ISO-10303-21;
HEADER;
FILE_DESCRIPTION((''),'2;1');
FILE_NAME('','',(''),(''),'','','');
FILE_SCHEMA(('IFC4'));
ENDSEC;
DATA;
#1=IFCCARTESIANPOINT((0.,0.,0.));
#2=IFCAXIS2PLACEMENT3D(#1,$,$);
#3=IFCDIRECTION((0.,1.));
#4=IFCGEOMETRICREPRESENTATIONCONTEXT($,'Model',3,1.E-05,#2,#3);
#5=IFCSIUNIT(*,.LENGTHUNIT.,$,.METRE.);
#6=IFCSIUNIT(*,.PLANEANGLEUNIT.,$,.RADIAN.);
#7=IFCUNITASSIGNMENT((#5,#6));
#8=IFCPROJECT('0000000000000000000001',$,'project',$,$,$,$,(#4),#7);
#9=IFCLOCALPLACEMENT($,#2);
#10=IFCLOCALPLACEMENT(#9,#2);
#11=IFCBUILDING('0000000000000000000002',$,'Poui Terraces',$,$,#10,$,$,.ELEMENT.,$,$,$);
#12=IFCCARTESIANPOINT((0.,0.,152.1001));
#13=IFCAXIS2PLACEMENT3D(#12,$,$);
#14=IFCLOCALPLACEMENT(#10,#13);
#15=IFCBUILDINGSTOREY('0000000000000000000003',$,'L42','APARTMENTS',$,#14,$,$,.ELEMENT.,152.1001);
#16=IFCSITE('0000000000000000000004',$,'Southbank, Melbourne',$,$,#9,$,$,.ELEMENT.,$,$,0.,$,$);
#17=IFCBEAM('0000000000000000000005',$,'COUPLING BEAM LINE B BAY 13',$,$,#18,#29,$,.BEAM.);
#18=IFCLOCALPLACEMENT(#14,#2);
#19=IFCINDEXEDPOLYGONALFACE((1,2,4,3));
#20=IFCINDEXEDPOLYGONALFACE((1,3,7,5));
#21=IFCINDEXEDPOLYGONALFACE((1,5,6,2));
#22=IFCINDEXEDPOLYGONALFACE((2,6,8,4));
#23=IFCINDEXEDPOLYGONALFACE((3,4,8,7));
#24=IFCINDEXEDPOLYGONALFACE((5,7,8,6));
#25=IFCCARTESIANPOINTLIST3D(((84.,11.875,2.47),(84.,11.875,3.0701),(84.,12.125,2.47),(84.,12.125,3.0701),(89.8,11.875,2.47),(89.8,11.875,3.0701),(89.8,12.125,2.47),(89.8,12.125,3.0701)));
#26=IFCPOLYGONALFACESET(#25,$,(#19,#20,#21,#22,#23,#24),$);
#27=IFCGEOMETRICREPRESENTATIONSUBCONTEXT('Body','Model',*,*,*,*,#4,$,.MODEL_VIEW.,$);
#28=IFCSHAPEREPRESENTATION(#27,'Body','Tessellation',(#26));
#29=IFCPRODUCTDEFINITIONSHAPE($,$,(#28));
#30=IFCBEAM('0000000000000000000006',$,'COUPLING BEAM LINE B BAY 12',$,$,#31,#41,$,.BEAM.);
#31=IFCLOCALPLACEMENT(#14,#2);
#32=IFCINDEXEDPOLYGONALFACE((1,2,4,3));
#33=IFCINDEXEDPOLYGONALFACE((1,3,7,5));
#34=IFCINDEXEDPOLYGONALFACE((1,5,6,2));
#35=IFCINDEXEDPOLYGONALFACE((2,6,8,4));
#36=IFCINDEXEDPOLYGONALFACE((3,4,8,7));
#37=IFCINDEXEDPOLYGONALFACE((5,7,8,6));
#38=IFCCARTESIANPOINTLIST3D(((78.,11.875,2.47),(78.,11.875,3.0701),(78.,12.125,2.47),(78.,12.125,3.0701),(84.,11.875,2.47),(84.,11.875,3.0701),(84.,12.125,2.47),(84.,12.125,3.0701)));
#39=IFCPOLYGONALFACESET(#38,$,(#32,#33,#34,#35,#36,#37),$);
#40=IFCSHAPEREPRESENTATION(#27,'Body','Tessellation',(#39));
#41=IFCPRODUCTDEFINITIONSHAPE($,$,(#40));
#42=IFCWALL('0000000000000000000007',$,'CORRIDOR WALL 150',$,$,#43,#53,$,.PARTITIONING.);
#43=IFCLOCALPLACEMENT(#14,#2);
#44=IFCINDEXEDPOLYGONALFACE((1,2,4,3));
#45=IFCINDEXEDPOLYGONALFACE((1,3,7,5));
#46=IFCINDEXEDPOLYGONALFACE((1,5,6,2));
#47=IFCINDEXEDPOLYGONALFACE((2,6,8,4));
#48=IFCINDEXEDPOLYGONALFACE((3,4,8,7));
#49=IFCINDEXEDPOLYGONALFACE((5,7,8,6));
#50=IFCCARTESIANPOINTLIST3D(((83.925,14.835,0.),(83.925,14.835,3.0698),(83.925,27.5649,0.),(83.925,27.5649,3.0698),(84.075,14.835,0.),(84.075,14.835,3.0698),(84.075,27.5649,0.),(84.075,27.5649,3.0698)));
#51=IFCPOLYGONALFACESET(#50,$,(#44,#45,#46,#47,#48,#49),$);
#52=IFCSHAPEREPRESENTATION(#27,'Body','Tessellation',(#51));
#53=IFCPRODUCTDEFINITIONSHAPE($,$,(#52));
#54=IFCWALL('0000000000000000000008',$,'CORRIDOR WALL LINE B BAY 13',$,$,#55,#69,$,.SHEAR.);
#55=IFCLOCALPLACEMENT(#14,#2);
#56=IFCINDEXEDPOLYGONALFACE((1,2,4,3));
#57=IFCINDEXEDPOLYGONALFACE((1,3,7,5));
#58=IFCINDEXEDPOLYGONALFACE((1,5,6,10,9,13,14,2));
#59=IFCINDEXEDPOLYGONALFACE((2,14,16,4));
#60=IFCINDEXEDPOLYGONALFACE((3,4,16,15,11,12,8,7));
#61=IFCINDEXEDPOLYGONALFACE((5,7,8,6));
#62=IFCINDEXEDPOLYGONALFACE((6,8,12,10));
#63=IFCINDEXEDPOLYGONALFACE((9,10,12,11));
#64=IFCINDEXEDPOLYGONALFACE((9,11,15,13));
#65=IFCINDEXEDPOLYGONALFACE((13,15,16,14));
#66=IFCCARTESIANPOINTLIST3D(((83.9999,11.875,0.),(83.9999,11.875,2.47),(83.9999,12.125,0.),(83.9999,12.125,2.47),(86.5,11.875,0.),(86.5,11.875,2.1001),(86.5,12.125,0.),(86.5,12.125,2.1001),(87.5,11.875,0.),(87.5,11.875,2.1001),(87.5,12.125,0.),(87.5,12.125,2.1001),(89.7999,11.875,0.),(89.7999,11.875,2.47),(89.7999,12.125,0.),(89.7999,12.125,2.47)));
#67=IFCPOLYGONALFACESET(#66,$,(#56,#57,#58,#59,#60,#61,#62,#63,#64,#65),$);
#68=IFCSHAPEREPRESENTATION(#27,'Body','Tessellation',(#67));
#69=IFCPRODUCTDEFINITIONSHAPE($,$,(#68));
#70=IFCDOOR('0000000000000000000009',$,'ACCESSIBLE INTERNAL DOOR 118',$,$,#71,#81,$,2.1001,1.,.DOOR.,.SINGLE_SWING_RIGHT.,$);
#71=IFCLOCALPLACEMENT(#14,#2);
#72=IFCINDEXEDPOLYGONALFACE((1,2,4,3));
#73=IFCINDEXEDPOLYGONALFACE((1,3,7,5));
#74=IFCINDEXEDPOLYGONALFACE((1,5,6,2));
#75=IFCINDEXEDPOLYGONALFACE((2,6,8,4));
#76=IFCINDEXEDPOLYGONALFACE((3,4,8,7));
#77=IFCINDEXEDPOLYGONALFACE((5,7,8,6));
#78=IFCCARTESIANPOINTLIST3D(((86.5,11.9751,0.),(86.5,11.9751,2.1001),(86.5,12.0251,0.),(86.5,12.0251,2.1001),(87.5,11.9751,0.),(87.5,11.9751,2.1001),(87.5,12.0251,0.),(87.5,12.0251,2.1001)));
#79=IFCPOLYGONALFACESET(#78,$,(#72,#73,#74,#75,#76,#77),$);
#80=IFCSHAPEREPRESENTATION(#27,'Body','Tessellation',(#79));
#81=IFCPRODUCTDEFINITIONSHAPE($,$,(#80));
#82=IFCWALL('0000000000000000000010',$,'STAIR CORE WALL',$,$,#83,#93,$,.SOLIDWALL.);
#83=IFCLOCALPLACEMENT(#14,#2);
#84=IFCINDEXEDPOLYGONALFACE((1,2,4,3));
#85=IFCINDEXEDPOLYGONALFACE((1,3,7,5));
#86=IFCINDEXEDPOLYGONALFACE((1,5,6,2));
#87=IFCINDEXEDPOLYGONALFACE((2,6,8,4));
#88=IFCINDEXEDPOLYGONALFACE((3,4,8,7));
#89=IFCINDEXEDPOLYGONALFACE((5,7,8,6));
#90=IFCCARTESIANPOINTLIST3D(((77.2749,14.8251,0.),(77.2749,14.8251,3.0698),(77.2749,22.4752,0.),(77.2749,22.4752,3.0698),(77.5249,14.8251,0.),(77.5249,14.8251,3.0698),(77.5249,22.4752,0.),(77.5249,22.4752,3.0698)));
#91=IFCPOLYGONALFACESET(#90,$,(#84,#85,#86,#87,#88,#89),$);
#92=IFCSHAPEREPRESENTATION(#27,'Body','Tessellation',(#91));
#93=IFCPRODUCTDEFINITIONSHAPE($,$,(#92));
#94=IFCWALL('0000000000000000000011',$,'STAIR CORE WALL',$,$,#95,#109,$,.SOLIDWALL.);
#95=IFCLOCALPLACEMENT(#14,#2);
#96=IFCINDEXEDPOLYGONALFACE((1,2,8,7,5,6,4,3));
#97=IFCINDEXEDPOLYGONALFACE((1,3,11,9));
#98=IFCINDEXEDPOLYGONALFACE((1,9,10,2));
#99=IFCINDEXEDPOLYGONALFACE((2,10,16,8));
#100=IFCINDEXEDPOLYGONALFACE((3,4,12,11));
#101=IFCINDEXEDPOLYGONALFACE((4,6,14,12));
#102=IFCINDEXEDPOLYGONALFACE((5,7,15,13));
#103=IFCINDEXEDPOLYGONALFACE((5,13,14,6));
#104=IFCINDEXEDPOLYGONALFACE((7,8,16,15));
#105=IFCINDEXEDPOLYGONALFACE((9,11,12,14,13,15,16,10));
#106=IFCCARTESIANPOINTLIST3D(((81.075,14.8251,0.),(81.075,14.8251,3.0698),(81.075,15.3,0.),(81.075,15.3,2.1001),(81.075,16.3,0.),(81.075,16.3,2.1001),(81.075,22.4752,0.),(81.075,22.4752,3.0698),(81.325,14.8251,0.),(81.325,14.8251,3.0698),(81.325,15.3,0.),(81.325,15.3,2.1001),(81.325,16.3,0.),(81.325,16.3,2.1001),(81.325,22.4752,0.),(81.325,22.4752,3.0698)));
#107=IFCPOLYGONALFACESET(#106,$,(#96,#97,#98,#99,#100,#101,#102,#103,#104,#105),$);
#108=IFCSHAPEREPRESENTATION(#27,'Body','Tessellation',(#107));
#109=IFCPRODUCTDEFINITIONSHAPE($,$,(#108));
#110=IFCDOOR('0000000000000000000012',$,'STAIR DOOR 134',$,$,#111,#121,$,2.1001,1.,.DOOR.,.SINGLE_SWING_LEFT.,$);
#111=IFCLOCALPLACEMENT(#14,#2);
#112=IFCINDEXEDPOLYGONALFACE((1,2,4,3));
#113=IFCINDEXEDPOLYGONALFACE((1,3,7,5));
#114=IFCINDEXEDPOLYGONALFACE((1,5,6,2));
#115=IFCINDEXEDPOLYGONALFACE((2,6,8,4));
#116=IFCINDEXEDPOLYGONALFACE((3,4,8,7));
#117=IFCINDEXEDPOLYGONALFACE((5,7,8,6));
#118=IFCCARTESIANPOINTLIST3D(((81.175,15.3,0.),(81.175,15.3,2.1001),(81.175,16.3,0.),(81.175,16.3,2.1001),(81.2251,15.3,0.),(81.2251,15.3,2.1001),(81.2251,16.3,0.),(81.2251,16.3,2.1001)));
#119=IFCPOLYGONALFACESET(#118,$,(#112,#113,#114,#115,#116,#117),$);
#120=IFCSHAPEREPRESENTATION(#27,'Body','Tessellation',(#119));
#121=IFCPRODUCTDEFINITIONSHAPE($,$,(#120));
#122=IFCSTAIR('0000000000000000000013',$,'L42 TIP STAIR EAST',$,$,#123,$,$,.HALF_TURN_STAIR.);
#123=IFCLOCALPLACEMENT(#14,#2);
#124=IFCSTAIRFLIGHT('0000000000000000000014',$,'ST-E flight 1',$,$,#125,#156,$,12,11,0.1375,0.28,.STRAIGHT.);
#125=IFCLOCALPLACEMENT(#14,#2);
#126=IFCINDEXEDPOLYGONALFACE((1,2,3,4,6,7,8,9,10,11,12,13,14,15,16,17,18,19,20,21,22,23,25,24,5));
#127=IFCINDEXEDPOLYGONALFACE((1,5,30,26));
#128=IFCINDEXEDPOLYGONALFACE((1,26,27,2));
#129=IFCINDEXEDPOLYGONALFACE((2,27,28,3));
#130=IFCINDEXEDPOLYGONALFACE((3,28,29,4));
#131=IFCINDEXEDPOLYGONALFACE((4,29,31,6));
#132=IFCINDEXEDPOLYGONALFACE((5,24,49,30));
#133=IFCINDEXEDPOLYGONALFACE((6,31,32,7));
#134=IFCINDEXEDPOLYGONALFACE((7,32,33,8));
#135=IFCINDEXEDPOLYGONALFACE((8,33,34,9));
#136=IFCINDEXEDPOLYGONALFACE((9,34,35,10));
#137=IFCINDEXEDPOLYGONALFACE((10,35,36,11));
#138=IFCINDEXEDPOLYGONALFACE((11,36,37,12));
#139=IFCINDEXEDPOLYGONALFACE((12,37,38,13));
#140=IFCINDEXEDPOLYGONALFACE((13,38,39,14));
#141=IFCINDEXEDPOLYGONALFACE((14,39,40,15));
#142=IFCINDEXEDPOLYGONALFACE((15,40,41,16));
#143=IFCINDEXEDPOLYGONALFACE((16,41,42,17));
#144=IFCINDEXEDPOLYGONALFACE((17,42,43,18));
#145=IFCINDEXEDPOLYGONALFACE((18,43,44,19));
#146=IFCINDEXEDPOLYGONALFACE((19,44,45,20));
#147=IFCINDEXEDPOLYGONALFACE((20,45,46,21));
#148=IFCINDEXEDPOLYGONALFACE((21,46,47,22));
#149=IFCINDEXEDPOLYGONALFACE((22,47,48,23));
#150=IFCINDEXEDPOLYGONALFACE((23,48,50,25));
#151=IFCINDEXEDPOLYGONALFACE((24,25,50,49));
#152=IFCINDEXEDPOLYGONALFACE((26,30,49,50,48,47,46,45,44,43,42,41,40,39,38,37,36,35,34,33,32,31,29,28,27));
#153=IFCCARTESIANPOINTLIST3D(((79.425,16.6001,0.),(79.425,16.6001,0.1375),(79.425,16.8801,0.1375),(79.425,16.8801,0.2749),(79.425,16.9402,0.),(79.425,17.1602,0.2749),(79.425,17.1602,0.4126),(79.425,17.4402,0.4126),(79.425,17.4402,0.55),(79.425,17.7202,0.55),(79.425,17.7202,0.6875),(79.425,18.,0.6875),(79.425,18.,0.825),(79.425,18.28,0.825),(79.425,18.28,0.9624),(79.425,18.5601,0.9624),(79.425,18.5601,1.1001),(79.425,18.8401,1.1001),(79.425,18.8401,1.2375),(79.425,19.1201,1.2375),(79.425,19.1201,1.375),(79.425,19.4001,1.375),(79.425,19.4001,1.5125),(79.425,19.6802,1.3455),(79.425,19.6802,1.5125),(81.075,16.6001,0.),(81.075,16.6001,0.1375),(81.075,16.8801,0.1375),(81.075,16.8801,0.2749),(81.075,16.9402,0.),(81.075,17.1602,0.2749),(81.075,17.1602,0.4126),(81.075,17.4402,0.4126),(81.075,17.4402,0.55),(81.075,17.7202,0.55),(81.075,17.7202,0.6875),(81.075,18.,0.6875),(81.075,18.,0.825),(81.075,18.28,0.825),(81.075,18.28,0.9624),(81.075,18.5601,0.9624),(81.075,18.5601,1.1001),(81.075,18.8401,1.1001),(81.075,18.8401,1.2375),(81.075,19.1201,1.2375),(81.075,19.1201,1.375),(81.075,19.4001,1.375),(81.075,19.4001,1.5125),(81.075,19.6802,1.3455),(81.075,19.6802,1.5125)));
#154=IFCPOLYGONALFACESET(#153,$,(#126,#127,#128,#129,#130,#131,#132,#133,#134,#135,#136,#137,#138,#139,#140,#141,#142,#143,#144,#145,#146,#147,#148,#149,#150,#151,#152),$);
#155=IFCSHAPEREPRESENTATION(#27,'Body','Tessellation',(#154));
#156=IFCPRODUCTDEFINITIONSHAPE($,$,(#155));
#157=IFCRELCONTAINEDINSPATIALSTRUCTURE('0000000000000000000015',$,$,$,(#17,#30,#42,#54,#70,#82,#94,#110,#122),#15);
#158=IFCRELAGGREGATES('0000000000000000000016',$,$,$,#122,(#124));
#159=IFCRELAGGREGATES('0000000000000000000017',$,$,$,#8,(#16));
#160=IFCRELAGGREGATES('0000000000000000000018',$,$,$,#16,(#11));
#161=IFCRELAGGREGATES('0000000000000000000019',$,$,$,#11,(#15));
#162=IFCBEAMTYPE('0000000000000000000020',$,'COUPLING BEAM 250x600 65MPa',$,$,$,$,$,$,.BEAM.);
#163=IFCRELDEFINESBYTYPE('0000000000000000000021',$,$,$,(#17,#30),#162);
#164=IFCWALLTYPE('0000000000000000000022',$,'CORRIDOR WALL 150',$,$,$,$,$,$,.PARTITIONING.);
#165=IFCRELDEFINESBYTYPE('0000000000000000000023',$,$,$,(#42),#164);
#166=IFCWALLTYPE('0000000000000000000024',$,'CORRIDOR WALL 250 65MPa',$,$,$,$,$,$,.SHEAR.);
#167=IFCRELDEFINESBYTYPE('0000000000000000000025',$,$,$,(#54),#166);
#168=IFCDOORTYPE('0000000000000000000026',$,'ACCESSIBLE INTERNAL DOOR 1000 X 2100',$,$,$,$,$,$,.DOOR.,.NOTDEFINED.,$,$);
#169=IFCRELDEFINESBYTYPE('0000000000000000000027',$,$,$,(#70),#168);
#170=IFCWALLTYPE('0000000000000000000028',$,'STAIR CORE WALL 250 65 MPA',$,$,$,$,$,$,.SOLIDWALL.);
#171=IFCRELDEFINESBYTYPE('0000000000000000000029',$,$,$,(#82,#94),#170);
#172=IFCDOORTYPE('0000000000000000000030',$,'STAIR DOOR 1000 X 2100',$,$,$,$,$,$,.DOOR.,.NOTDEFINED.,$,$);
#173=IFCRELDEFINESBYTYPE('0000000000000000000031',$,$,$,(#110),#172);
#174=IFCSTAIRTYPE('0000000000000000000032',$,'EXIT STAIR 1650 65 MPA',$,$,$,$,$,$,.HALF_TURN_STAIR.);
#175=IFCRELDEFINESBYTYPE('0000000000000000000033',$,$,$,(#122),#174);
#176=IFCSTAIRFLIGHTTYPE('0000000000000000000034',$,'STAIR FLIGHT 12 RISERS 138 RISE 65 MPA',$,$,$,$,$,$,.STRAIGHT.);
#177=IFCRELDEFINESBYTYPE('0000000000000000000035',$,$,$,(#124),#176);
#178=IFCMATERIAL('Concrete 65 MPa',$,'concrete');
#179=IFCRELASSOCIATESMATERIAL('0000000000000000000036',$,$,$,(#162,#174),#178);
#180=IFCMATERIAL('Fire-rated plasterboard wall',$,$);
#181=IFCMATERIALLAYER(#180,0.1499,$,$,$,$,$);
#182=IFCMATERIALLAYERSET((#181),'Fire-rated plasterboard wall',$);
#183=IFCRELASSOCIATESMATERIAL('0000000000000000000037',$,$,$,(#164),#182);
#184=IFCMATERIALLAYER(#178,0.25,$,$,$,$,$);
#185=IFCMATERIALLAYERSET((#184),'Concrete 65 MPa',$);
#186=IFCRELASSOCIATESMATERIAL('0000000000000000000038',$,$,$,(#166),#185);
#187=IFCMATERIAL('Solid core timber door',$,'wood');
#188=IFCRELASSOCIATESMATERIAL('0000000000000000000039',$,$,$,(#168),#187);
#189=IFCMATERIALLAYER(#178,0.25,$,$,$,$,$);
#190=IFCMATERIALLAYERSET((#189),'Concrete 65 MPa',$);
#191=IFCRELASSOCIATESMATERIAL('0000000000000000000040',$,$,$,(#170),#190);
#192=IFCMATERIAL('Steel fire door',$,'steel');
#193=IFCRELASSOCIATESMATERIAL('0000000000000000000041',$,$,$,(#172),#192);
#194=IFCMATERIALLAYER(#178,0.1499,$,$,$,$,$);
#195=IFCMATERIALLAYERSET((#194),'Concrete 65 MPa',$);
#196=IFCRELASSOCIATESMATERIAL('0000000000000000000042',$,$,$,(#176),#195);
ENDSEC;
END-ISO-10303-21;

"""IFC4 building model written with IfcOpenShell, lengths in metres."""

from ifc_helpers import new_model, si_unit, direction, frame, frame_2d, origin, origin_2d, place, context, subcontext, project, spatial, polyline, rectangle, outline, extrude, source, transform, mapped, material, layer, layer_set, material_profile, profile_set, type_object, element, fill, aggregate, save


model = new_model("IFC4")

# Units and contexts
model_context = context("Model", 3, precision=1e-05, world=origin(), true_north=direction((0.0, 1.0)))
body_context = subcontext(model_context, "Body", "Model", "MODEL_VIEW")
ifc_project = project(units=[si_unit("LENGTHUNIT", "METRE"), si_unit("PLANEANGLEUNIT", "RADIAN")], contexts=[model_context])

# Site, building, storey
site_placement = place(None, origin())
site = spatial("IfcSite", under=ifc_project, at=site_placement, Name="Southbank, Melbourne", CompositionType="ELEMENT", RefElevation=0.0)
building_placement = place(site_placement, origin())
building = spatial("IfcBuilding", under=site, at=building_placement, Name="Poui Terraces", CompositionType="ELEMENT")
storey_placement = place(building_placement, frame((0.0, 0.0, 152.1001)))
storey = spatial("IfcBuildingStorey", under=building, at=storey_placement, Name="L42", Description="APARTMENTS", CompositionType="ELEMENT", Elevation=152.1001)

# Beams
ifc_material_1 = material(Name="Concrete 65 MPa", Category="concrete")
ifc_material_profile = material_profile(ifc_material_1, rectangle(XDim=0.25, YDim=0.6001, at=origin_2d()), Name="RC 250x600")
ifc_profile_set = profile_set([ifc_material_profile], Name="Concrete 65 MPa")
beam_type = type_object("IfcBeamType", Name="COUPLING BEAM 250x600 65MPa", PredefinedType="BEAM", material=ifc_profile_set)
shared_shape_1 = source(origin(), body_context, "Body", "SweptSolid", [
    extrude(rectangle(XDim=0.25, YDim=0.6001, at=origin_2d()), origin(), (0.0, 0.0, 1.0), 5.8),
])
beam_1_placement = place(storey_placement, frame((84.0, 12.0, 2.77), z_axis=(1.0, 0.0, 0.0), x_axis=(0.0, 1.0, 0.0)))
element("IfcBeam", 1, at=beam_1_placement, inside=storey, type_object=beam_type, Name="COUPLING BEAM LINE B BAY 13", PredefinedType="BEAM", context=body_context, shape_type="MappedRepresentation", body=[
    mapped(shared_shape_1, transform((0.0, 0.0, 0.0))),
])
shared_shape_2 = source(origin(), body_context, "Body", "SweptSolid", [
    extrude(rectangle(XDim=0.25, YDim=0.6001, at=origin_2d()), origin(), (0.0, 0.0, 1.0), 6.0),
])
beam_2_placement = place(storey_placement, frame((78.0, 12.0, 2.77), z_axis=(1.0, 0.0, 0.0), x_axis=(0.0, 1.0, 0.0)))
element("IfcBeam", 2, at=beam_2_placement, inside=storey, type_object=beam_type, Name="COUPLING BEAM LINE B BAY 12", PredefinedType="BEAM", context=body_context, shape_type="MappedRepresentation", body=[
    mapped(shared_shape_2, transform((0.0, 0.0, 0.0))),
])

# Wall
ifc_material_2 = material(Name="Fire-rated plasterboard wall")
ifc_layer_1 = layer(ifc_material_2, 0.1499)
ifc_layer_set_1 = layer_set([ifc_layer_1], Name="Fire-rated plasterboard wall")
wall_type_1 = type_object("IfcWallType", Name="CORRIDOR WALL 150", PredefinedType="PARTITIONING", material=ifc_layer_set_1)
wall_1_placement = place(storey_placement, frame((84.0, 14.835, 0.0), z_axis=(0.0, 0.0, 1.0), x_axis=(0.0, 1.0, 0.0)))
element("IfcWall", 3, at=wall_1_placement, inside=storey, type_object=wall_type_1, Name="CORRIDOR WALL 150", PredefinedType="PARTITIONING", context=body_context, shape_type="SweptSolid", body=[
    extrude(rectangle(XDim=12.73, YDim=0.1499, at=frame_2d((6.365, 0.0))), origin(), (0.0, 0.0, 1.0), 3.0698),
])

# Wall, opening, door
ifc_layer_2 = layer(ifc_material_1, 0.25)
ifc_layer_set_2 = layer_set([ifc_layer_2], Name="Concrete 65 MPa")
wall_type_2 = type_object("IfcWallType", Name="CORRIDOR WALL 250 65MPa", PredefinedType="SHEAR", material=ifc_layer_set_2)
wall_2_placement = place(storey_placement, frame((84.0, 12.0, 0.0), z_axis=(0.0, 0.0, 1.0), x_axis=(1.0, 0.0, 0.0)))
wall_2 = element("IfcWall", 4, at=wall_2_placement, inside=storey, type_object=wall_type_2, Name="CORRIDOR WALL LINE B BAY 13", PredefinedType="SHEAR", context=body_context, shape_type="SweptSolid", body=[
    extrude(rectangle(XDim=5.8, YDim=0.25, at=frame_2d((2.8999, 0.0))), origin(), (0.0, 0.0, 1.0), 2.47),
])
opening_1_placement = place(wall_2_placement, frame((2.5, 0.0, 0.0)))
opening_1 = element("IfcOpeningElement", 5, at=opening_1_placement, cuts=wall_2, PredefinedType="OPENING", context=body_context, shape_type="SweptSolid", body=[
    extrude(rectangle(XDim=1.0, YDim=2.1001, at=frame_2d((0.5, 1.05))), frame((0.0, 0.135, 0.0), z_axis=(0.0, -1.0, 0.0), x_axis=(1.0, 0.0, 0.0)), (0.0, 0.0, 1.0), 0.27),
])
ifc_material_3 = material(Name="Solid core timber door", Category="wood")
door_type_1 = type_object("IfcDoorType", Name="ACCESSIBLE INTERNAL DOOR 1000 X 2100", OperationType="NOTDEFINED", PredefinedType="DOOR", material=ifc_material_3)
door_1_placement = place(opening_1_placement, frame((1.0, 0.0, 0.0), z_axis=(0.0, 0.0, 1.0), x_axis=(-1.0, 0.0, 0.0)))
door_1 = element("IfcDoor", 6, at=door_1_placement, inside=storey, type_object=door_type_1, Name="ACCESSIBLE INTERNAL DOOR 118", OperationType="SINGLE_SWING_RIGHT", OverallHeight=2.1001, OverallWidth=1.0, PredefinedType="DOOR", context=body_context, shape_type="SweptSolid", body=[
    extrude(rectangle(XDim=1.0, YDim=2.1001, at=frame_2d((0.5, 1.05))), frame((0.0, 0.0249, 0.0), z_axis=(0.0, -1.0, 0.0), x_axis=(1.0, 0.0, 0.0)), (0.0, 0.0, 1.0), 0.05),
])
fill(opening_1, door_1)

# Wall
ifc_layer_3 = layer(ifc_material_1, 0.25)
ifc_layer_set_3 = layer_set([ifc_layer_3], Name="Concrete 65 MPa")
wall_type_3 = type_object("IfcWallType", Name="STAIR CORE WALL 250 65 MPA", PredefinedType="SOLIDWALL", material=ifc_layer_set_3)
wall_3_placement = place(storey_placement, frame((77.3999, 14.825, 0.0), z_axis=(0.0, 0.0, 1.0), x_axis=(0.0, 1.0, 0.0)))
element("IfcWall", 7, at=wall_3_placement, inside=storey, type_object=wall_type_3, Name="STAIR CORE WALL", PredefinedType="SOLIDWALL", context=body_context, shape_type="SweptSolid", body=[
    extrude(rectangle(XDim=7.6501, YDim=0.25, at=frame_2d((3.8252, 0.0))), origin(), (0.0, 0.0, 1.0), 3.0698),
])

# Wall, opening, door
wall_4_placement = place(storey_placement, frame((81.2, 14.825, 0.0), z_axis=(0.0, 0.0, 1.0), x_axis=(0.0, 1.0, 0.0)))
wall_4 = element("IfcWall", 8, at=wall_4_placement, inside=storey, type_object=wall_type_3, Name="STAIR CORE WALL", PredefinedType="SOLIDWALL", context=body_context, shape_type="SweptSolid", body=[
    extrude(rectangle(XDim=7.6501, YDim=0.25, at=frame_2d((3.8252, 0.0))), origin(), (0.0, 0.0, 1.0), 3.0698),
])
opening_2_placement = place(wall_4_placement, frame((0.4751, 0.0, 0.0)))
opening_2 = element("IfcOpeningElement", 9, at=opening_2_placement, cuts=wall_4, PredefinedType="OPENING", context=body_context, shape_type="SweptSolid", body=[
    extrude(rectangle(XDim=1.0, YDim=2.1001, at=frame_2d((0.5, 1.05))), frame((0.0, 0.135, 0.0), z_axis=(0.0, -1.0, 0.0), x_axis=(1.0, 0.0, 0.0)), (0.0, 0.0, 1.0), 0.27),
])
ifc_material_4 = material(Name="Steel fire door", Category="steel")
door_type_2 = type_object("IfcDoorType", Name="STAIR DOOR 1000 X 2100", OperationType="NOTDEFINED", PredefinedType="DOOR", material=ifc_material_4)
door_2_placement = place(opening_2_placement, origin())
door_2 = element("IfcDoor", 10, at=door_2_placement, inside=storey, type_object=door_type_2, Name="STAIR DOOR 134", OperationType="SINGLE_SWING_LEFT", OverallHeight=2.1001, OverallWidth=1.0, PredefinedType="DOOR", context=body_context, shape_type="SweptSolid", body=[
    extrude(rectangle(XDim=1.0, YDim=2.1001, at=frame_2d((0.5, 1.05))), frame((0.0, 0.0249, 0.0), z_axis=(0.0, -1.0, 0.0), x_axis=(1.0, 0.0, 0.0)), (0.0, 0.0, 1.0), 0.05),
])
fill(opening_2, door_2)

# Stair, stair flight
stair_type = type_object("IfcStairType", Name="EXIT STAIR 1650 65 MPA", PredefinedType="HALF_TURN_STAIR", material=ifc_material_1)
stair_placement = place(storey_placement, origin())
stair = element("IfcStair", 11, at=stair_placement, inside=storey, type_object=stair_type, Name="L42 TIP STAIR EAST", PredefinedType="HALF_TURN_STAIR")
ifc_layer_4 = layer(ifc_material_1, 0.1499)
ifc_layer_set_4 = layer_set([ifc_layer_4], Name="Concrete 65 MPa")
stair_flight_type = type_object("IfcStairFlightType", Name="STAIR FLIGHT 12 RISERS 138 RISE 65 MPA", PredefinedType="STRAIGHT", material=ifc_layer_set_4)
stair_flight_1_placement = place(storey_placement, frame((80.25, 16.6001, 0.0), z_axis=(0.0, 0.0, 1.0), x_axis=(0.0, 1.0, 0.0)))
stair_flight_1 = element("IfcStairFlight", 12, at=stair_flight_1_placement, type_object=stair_flight_type, Name="ST-E flight 1", NumberOfRisers=12, NumberOfTreads=11, PredefinedType="STRAIGHT", RiserHeight=0.1375, TreadLength=0.28, context=body_context, shape_type="SweptSolid", body=[
    extrude(outline(polyline([(0.0, 0.0), (0.0, 0.1375), (0.28, 0.1375), (0.28, 0.2749), (0.5601, 0.2749), (0.5601, 0.4126), (0.8401, 0.4126), (0.8401, 0.55), (1.1201, 0.55), (1.1201, 0.6875), (1.3999, 0.6875), (1.3999, 0.825), (1.6799, 0.825), (1.6799, 0.9624), (1.96, 0.9624), (1.96, 1.1001), (2.24, 1.1001), (2.24, 1.2375), (2.52, 1.2375), (2.52, 1.375), (2.8, 1.375), (2.8, 1.5125), (3.0801, 1.5125), (3.0801, 1.6499), (3.0801, 1.3455), (0.3401, 0.0), (0.0, 0.0)])), frame((0.0, 0.825, 0.0), z_axis=(0.0, -1.0, 0.0), x_axis=(1.0, 0.0, 0.0)), (0.0, 0.0, 1.0), 1.6499),
])
aggregate(stair, [stair_flight_1])

save(model, "model.ifc")
